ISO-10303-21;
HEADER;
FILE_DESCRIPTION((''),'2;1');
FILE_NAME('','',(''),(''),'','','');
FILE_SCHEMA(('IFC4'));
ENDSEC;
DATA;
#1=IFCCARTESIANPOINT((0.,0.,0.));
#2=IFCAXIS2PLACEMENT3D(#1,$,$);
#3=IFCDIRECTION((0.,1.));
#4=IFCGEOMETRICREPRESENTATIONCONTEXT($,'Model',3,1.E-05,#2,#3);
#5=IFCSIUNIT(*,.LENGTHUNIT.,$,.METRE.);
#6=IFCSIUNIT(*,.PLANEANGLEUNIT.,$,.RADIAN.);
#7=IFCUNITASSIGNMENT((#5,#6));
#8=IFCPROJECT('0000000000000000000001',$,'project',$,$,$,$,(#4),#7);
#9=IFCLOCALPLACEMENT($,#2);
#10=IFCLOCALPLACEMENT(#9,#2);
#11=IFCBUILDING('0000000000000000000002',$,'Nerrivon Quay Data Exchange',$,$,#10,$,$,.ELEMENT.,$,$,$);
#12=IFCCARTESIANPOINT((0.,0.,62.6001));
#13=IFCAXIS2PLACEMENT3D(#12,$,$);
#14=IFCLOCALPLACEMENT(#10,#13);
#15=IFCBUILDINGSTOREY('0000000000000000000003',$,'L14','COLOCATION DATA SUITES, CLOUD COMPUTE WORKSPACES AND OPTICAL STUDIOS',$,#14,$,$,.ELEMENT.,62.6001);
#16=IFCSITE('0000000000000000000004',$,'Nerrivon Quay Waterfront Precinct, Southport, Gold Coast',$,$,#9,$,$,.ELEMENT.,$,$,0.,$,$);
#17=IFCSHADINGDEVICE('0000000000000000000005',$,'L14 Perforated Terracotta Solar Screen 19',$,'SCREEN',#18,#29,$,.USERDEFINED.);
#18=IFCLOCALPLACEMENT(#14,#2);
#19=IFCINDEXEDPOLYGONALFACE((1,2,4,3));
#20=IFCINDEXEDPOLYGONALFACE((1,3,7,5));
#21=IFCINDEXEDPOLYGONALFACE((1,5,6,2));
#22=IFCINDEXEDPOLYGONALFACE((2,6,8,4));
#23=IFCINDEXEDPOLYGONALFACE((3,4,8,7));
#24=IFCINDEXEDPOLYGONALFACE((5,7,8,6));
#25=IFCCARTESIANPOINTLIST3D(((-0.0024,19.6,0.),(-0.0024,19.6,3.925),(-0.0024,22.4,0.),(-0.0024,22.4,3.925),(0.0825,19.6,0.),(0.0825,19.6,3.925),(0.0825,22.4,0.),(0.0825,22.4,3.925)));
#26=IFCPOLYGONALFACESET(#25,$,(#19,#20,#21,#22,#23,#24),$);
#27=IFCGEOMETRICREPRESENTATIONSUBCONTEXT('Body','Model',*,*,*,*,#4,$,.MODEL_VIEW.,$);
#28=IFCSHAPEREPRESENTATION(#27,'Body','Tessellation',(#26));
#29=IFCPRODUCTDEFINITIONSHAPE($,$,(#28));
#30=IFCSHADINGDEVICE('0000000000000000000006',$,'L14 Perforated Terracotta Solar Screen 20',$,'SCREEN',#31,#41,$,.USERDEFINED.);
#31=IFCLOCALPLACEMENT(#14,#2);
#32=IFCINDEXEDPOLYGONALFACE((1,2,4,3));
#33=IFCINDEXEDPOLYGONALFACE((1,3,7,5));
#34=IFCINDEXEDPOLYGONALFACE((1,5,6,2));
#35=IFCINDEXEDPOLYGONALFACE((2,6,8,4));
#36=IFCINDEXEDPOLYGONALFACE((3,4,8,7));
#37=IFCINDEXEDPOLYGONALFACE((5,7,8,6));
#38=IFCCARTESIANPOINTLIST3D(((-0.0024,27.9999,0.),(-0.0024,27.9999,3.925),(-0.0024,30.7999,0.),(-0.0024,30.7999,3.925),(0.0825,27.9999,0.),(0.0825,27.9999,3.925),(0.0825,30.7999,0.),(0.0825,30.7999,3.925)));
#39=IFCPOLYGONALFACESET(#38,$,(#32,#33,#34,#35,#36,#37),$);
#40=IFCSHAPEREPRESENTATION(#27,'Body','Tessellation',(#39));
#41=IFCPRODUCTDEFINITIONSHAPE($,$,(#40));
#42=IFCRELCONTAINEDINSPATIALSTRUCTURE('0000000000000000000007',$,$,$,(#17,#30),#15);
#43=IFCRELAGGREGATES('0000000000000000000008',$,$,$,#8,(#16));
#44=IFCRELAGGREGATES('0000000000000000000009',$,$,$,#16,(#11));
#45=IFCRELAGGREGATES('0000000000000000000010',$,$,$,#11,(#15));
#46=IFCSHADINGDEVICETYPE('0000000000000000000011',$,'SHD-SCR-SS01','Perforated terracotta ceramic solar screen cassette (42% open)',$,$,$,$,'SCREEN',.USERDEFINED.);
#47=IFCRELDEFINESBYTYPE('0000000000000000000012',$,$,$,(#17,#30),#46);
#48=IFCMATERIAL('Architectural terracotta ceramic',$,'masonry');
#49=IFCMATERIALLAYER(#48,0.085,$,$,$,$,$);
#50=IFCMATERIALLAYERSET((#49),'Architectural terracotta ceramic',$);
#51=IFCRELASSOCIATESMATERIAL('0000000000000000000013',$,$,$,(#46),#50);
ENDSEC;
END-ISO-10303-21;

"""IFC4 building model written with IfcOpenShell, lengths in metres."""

from ifc_helpers import new_model, si_unit, direction, frame, origin, origin_2d, place, context, subcontext, project, spatial, rectangle, extrude, material, layer, layer_set, type_object, element, save


model = new_model("IFC4")

# Units and contexts
model_context = context("Model", 3, precision=1e-05, world=origin(), true_north=direction((0.0, 1.0)))
body_context = subcontext(model_context, "Body", "Model", "MODEL_VIEW")
ifc_project = project(units=[si_unit("LENGTHUNIT", "METRE"), si_unit("PLANEANGLEUNIT", "RADIAN")], contexts=[model_context])

# Site, building, storey
site_placement = place(None, origin())
site = spatial("IfcSite", under=ifc_project, at=site_placement, Name="Nerrivon Quay Waterfront Precinct, Southport, Gold Coast", CompositionType="ELEMENT", RefElevation=0.0)
building_placement = place(site_placement, origin())
building = spatial("IfcBuilding", under=site, at=building_placement, Name="Nerrivon Quay Data Exchange", CompositionType="ELEMENT")
storey_placement = place(building_placement, frame((0.0, 0.0, 62.6001)))
storey = spatial("IfcBuildingStorey", under=building, at=storey_placement, Name="L14", Description="COLOCATION DATA SUITES, CLOUD COMPUTE WORKSPACES AND OPTICAL STUDIOS", CompositionType="ELEMENT", Elevation=62.6001)

# Shared definitions
ifc_material_1 = material(Name="Architectural terracotta ceramic", Category="masonry")

# Shading devices
ifc_layer_1 = layer(ifc_material_1, 0.085)
ifc_layer_set_1 = layer_set([ifc_layer_1], Name="Architectural terracotta ceramic")
shading_device_type_1 = type_object("IfcShadingDeviceType", Name="SHD-SCR-SS01", Description="Perforated terracotta ceramic solar screen cassette (42% open)", ElementType="SCREEN", PredefinedType="USERDEFINED", material=ifc_layer_set_1)
for number, where, z_axis, x_axis, name in (
    (1, (0.04, 21.0, 0.0), (0.0, 0.0, 1.0), (0.0, 1.0, 0.0), "L14 Perforated Terracotta Solar Screen 19"),
    (2, (0.04, 29.3999, 0.0), (0.0, 0.0, 1.0), (0.0, 1.0, 0.0), "L14 Perforated Terracotta Solar Screen 20"),
):
    element("IfcShadingDevice", number, at=place(storey_placement, frame(where, z_axis=z_axis, x_axis=x_axis)), inside=storey, type_object=shading_device_type_1, Name=name, ObjectType="SCREEN", PredefinedType="USERDEFINED", context=body_context, shape_type="SweptSolid", body=[
        extrude(rectangle(XDim=2.8, YDim=0.085, at=origin_2d()), origin(), (0.0, 0.0, 1.0), 3.925),
    ])

save(model, "model.ifc")
